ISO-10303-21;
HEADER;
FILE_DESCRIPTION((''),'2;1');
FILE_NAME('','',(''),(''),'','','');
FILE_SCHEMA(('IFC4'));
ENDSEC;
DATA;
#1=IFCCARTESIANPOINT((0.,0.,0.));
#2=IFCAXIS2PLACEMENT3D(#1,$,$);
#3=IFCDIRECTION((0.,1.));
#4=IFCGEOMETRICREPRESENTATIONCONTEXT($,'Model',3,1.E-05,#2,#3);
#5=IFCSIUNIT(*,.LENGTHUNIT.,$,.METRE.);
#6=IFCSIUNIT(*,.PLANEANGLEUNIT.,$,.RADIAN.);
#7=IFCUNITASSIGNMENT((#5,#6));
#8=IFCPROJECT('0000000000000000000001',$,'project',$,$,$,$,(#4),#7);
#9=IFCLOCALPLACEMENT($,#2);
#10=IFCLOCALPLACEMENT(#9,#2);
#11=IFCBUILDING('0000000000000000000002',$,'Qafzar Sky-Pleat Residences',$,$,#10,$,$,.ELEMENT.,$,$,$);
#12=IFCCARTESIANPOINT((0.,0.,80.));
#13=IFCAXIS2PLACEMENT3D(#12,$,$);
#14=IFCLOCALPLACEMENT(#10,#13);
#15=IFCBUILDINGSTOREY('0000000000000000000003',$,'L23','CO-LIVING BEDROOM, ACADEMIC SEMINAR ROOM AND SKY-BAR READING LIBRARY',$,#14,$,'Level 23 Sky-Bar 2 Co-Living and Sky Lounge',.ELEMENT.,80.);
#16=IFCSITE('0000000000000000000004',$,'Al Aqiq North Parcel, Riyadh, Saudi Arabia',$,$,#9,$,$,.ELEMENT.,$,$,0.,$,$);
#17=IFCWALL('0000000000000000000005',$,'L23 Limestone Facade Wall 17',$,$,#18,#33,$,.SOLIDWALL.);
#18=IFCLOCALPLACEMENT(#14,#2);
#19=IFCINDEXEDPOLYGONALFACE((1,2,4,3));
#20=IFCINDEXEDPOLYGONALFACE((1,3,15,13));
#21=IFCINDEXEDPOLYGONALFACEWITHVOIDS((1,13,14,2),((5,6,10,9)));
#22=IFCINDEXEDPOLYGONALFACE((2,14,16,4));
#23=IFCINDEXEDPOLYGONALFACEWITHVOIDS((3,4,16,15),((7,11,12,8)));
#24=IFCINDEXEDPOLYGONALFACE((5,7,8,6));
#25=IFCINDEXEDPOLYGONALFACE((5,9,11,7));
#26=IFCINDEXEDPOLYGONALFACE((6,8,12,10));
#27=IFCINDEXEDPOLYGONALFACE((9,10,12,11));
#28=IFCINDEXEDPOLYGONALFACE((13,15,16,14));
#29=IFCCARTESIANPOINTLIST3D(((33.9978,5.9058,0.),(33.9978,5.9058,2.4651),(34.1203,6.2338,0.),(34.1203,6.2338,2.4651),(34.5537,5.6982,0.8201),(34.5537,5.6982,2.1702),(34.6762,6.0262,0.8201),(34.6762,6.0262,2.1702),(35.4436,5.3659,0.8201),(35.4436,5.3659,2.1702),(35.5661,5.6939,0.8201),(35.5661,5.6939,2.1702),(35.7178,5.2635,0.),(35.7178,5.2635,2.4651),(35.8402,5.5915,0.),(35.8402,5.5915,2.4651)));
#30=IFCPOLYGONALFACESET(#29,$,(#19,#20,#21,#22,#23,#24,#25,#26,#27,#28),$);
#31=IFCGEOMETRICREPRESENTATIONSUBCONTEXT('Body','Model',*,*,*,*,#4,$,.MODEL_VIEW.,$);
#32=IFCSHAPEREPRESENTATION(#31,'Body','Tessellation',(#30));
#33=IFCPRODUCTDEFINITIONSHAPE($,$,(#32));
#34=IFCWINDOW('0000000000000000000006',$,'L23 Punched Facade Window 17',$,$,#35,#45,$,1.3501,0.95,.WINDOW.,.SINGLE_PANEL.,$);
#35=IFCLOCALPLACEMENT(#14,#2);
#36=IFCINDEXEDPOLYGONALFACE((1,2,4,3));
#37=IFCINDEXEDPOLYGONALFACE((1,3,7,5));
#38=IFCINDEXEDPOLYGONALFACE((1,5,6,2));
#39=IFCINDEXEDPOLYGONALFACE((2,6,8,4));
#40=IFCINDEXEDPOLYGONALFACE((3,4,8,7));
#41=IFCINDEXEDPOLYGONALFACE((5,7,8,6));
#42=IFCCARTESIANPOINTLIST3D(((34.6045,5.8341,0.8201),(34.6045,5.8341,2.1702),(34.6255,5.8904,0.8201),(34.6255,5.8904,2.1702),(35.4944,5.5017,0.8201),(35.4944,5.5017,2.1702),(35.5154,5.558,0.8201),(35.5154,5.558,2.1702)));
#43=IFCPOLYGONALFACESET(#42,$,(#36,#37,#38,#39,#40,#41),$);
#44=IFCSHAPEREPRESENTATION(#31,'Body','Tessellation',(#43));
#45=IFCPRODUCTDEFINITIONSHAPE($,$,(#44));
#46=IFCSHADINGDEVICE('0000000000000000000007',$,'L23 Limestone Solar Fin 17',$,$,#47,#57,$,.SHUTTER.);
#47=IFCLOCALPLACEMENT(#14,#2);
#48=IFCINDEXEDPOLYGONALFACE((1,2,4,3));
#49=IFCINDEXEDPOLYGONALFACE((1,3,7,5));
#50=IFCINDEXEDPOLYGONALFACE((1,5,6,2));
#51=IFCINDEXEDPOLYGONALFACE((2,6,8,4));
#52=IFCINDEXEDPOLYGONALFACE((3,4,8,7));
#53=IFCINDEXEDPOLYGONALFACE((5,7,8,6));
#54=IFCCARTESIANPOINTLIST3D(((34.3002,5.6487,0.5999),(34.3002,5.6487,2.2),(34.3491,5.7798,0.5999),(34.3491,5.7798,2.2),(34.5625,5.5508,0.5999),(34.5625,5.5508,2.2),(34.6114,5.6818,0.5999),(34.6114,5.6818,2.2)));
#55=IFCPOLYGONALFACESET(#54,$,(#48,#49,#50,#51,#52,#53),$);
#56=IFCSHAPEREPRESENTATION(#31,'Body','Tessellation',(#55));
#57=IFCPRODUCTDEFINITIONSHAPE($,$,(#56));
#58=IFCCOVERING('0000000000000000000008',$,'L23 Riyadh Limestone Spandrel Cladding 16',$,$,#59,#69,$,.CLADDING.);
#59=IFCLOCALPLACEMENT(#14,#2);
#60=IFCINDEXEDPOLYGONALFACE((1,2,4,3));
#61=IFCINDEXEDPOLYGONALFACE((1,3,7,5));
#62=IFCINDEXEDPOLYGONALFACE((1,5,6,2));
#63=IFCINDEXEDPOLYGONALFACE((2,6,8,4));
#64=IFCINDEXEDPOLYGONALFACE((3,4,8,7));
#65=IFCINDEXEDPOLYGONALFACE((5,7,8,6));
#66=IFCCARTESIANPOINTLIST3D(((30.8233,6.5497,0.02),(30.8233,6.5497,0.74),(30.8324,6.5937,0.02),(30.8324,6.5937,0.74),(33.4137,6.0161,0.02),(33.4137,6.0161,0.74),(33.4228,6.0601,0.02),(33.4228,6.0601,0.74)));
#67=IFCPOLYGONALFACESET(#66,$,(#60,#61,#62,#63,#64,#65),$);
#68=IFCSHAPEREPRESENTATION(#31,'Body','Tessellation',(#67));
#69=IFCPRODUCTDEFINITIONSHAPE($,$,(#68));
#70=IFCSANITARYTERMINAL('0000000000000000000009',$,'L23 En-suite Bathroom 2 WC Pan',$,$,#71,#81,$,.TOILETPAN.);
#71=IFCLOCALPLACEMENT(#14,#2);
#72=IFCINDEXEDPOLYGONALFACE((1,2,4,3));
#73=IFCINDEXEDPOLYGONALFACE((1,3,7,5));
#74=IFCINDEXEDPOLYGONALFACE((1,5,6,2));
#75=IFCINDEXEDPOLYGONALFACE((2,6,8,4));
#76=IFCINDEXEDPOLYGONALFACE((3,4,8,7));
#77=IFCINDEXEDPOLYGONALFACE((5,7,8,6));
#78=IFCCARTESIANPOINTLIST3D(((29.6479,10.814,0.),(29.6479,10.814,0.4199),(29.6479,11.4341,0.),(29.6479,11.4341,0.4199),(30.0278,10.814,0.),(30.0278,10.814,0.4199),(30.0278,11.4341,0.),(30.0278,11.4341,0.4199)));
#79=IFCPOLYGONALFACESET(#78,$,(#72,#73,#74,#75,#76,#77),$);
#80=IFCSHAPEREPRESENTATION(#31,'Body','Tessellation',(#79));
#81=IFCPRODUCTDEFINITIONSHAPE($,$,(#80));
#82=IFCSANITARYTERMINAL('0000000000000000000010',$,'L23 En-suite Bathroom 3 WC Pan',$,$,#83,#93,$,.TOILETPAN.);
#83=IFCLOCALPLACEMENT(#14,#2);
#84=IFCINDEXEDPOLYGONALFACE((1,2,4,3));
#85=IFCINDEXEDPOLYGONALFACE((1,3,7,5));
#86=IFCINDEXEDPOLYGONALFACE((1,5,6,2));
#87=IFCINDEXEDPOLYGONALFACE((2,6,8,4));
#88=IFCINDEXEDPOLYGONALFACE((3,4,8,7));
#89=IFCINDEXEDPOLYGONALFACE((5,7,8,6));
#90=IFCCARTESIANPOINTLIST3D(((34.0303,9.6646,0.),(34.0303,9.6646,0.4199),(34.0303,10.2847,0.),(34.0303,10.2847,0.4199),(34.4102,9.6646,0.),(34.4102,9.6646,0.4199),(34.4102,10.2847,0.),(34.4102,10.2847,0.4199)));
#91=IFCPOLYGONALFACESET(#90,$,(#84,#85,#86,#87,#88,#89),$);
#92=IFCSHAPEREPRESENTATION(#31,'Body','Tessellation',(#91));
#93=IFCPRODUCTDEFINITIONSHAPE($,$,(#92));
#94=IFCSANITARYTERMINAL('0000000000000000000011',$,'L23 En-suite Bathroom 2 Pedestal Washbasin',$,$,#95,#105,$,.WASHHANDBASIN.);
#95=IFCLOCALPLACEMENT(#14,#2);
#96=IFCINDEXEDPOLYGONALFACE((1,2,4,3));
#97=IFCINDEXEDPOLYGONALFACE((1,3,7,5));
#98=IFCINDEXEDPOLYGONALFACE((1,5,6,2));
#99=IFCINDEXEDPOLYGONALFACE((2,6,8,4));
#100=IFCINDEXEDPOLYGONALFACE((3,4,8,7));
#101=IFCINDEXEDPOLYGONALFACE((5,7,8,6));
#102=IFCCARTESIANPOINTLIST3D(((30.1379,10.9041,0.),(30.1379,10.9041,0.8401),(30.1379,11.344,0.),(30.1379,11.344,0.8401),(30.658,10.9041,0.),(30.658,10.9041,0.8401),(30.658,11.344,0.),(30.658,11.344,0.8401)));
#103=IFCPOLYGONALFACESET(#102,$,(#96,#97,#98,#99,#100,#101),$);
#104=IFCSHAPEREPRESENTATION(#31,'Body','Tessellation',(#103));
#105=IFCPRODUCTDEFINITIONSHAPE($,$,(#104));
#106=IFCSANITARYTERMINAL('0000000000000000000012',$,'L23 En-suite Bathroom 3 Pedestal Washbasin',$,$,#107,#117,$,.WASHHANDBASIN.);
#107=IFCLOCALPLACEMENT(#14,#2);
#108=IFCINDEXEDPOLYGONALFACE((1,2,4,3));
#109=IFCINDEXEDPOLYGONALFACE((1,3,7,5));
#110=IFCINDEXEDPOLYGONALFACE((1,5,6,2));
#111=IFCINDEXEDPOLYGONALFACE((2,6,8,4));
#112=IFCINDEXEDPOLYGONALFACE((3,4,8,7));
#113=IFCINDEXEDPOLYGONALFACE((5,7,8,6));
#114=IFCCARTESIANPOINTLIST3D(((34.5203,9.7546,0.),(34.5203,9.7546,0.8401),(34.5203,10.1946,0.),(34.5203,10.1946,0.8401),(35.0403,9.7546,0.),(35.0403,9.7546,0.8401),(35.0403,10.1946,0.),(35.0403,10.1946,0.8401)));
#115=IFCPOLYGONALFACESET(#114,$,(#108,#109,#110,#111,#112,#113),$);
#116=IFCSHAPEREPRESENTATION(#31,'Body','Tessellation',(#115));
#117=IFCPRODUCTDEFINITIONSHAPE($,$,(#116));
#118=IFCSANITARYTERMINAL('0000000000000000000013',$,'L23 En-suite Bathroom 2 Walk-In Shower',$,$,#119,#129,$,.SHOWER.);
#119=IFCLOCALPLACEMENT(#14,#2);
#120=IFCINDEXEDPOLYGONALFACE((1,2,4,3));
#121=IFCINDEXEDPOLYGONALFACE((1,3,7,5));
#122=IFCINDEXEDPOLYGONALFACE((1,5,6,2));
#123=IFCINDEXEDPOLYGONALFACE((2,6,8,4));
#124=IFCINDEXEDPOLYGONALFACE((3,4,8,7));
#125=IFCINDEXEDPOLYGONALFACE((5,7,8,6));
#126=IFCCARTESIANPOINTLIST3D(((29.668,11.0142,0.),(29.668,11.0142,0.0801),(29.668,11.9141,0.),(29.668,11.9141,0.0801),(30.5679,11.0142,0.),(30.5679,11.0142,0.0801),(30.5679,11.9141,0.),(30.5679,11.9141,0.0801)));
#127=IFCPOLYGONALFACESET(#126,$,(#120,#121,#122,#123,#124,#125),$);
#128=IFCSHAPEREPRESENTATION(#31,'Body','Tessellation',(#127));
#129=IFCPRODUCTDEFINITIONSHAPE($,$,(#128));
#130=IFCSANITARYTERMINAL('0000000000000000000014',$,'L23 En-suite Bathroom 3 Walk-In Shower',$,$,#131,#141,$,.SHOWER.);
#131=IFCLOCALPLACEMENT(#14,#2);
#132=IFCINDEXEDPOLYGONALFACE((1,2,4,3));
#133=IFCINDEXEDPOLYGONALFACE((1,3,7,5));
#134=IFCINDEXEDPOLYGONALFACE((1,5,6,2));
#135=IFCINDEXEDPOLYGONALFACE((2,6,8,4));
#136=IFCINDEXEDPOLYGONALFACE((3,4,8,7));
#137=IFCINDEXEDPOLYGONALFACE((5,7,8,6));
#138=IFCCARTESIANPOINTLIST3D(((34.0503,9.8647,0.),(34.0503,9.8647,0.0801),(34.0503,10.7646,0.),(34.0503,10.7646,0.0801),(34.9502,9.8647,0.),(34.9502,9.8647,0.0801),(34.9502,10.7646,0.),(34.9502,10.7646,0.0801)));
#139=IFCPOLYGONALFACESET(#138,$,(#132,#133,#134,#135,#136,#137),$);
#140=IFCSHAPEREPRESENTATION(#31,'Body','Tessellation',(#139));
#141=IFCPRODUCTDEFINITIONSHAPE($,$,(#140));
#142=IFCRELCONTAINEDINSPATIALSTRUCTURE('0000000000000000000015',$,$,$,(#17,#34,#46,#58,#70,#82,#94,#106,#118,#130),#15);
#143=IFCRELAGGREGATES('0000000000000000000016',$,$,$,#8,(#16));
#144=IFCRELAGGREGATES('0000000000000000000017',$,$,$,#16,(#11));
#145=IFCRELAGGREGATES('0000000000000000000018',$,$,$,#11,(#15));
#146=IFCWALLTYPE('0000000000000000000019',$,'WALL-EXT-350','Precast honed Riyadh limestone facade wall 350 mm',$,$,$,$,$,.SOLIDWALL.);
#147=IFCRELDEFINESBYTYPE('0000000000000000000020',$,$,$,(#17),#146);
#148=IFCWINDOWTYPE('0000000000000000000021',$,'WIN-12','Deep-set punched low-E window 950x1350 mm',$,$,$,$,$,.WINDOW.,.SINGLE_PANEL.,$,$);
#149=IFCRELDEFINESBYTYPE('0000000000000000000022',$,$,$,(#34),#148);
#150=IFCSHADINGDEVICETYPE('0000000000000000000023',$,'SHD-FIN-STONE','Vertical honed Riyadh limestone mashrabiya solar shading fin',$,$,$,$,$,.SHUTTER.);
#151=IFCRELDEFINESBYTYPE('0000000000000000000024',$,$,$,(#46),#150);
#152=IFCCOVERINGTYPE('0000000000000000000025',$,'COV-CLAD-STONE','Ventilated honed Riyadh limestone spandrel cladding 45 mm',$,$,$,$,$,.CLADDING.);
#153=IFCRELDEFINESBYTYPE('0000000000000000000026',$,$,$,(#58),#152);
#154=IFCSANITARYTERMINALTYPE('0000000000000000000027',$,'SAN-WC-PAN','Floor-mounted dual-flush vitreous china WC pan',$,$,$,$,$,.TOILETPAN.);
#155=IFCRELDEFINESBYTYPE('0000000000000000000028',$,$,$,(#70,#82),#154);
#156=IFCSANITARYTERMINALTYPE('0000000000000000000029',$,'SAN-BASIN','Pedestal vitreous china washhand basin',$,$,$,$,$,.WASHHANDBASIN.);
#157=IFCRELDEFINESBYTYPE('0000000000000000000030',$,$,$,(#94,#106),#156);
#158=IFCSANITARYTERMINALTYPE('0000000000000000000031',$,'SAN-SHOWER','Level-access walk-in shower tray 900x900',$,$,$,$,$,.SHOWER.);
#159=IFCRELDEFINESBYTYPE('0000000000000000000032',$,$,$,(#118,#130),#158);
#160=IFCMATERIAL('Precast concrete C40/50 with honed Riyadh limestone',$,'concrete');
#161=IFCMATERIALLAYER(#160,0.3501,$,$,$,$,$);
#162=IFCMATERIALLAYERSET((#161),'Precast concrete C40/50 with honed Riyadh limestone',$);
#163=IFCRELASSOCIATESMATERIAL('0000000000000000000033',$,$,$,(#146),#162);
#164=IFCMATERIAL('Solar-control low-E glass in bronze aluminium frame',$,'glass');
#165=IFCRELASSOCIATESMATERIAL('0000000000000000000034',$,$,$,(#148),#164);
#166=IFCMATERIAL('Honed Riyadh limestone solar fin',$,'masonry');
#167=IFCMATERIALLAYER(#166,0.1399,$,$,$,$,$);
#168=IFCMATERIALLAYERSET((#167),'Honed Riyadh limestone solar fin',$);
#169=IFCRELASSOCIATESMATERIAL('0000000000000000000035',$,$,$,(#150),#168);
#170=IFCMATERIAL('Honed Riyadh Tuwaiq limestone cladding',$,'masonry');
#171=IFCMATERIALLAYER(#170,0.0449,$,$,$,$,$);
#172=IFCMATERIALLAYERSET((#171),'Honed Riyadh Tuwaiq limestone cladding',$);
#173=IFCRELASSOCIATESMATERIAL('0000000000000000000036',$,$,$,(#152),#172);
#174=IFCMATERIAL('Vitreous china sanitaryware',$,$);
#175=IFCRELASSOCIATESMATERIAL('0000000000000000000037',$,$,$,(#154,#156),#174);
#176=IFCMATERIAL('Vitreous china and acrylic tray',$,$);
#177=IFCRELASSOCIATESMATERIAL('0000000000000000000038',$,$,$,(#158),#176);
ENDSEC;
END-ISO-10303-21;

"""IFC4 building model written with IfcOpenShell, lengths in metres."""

from ifc_helpers import new_model, si_unit, direction, frame, frame_2d, origin, origin_2d, place, context, subcontext, project, spatial, rectangle, extrude, source, transform, mapped, material, layer, layer_set, type_object, element, fill, save


model = new_model("IFC4")

# Units and contexts
model_context = context("Model", 3, precision=1e-05, world=origin(), true_north=direction((0.0, 1.0)))
body_context = subcontext(model_context, "Body", "Model", "MODEL_VIEW")
ifc_project = project(units=[si_unit("LENGTHUNIT", "METRE"), si_unit("PLANEANGLEUNIT", "RADIAN")], contexts=[model_context])

# Site, building, storey
site_placement = place(None, origin())
site = spatial("IfcSite", under=ifc_project, at=site_placement, Name="Al Aqiq North Parcel, Riyadh, Saudi Arabia", CompositionType="ELEMENT", RefElevation=0.0)
building_placement = place(site_placement, origin())
building = spatial("IfcBuilding", under=site, at=building_placement, Name="Qafzar Sky-Pleat Residences", CompositionType="ELEMENT")
storey_placement = place(building_placement, frame((0.0, 0.0, 80.0)))
storey = spatial("IfcBuildingStorey", under=building, at=storey_placement, Name="L23", Description="CO-LIVING BEDROOM, ACADEMIC SEMINAR ROOM AND SKY-BAR READING LIBRARY", LongName="Level 23 Sky-Bar 2 Co-Living and Sky Lounge", CompositionType="ELEMENT", Elevation=80.0)

# Wall, opening, window
ifc_material_1 = material(Name="Precast concrete C40/50 with honed Riyadh limestone", Category="concrete")
ifc_layer_1 = layer(ifc_material_1, 0.3501)
ifc_layer_set_1 = layer_set([ifc_layer_1], Name="Precast concrete C40/50 with honed Riyadh limestone")
wall_type_1 = type_object("IfcWallType", Name="WALL-EXT-350", Description="Precast honed Riyadh limestone facade wall 350 mm", PredefinedType="SOLIDWALL", material=ifc_layer_set_1)
ifc_material_2 = material(Name="Solar-control low-E glass in bronze aluminium frame", Category="glass")
wall_1_placement = place(storey_placement, frame((34.0591, 6.0698, 0.0), z_axis=(0.0, 0.0, 1.0), x_axis=(0.936804, -0.349855, 0.0)))
wall_1 = element("IfcWall", 1, at=wall_1_placement, inside=storey, type_object=wall_type_1, Name="L23 Limestone Facade Wall 17", PredefinedType="SOLIDWALL", context=body_context, shape_type="SweptSolid", body=[
    extrude(rectangle(XDim=1.8359, YDim=0.3501, at=frame_2d((0.918, 0.0))), origin(), (0.0, 0.0, 1.0), 2.4651),
])
opening_1_placement = place(wall_1_placement, frame((0.5933, 0.0, 0.8201)))
opening_1 = element("IfcOpeningElement", 2, at=opening_1_placement, cuts=wall_1, PredefinedType="OPENING", context=body_context, shape_type="SweptSolid", body=[
    extrude(rectangle(XDim=0.95, YDim=1.3501, at=frame_2d((0.4751, 0.675))), frame((0.0, 0.1851, 0.0), z_axis=(0.0, -1.0, 0.0), x_axis=(1.0, 0.0, 0.0)), (0.0, 0.0, 1.0), 0.3701),
])
window_type_1 = type_object("IfcWindowType", Name="WIN-12", Description="Deep-set punched low-E window 950x1350 mm", PartitioningType="SINGLE_PANEL", PredefinedType="WINDOW", material=ifc_material_2)
shared_shape_1 = source(origin(), body_context, "Body", "SweptSolid", [
    extrude(rectangle(XDim=0.95, YDim=1.3501, at=frame_2d((0.4751, 0.675))), frame((0.0, 0.03, 0.0), z_axis=(0.0, -1.0, 0.0), x_axis=(1.0, 0.0, 0.0)), (0.0, 0.0, 1.0), 0.0601),
])
window_1_placement = place(opening_1_placement, origin())
window_1 = element("IfcWindow", 3, at=window_1_placement, inside=storey, type_object=window_type_1, Name="L23 Punched Facade Window 17", OverallHeight=1.3501, OverallWidth=0.95, PartitioningType="SINGLE_PANEL", PredefinedType="WINDOW", context=body_context, shape_type="MappedRepresentation", body=[
    mapped(shared_shape_1, transform((0.0, 0.0, 0.0), x_axis=(1.0, 0.0, 0.0), y_axis=(0.0, 1.0, 0.0), z_axis=(0.0, 0.0, 1.0), scale=1.0)),
])
fill(opening_1, window_1)

# Shading device
ifc_material_3 = material(Name="Honed Riyadh limestone solar fin", Category="masonry")
ifc_layer_2 = layer(ifc_material_3, 0.1399)
ifc_layer_set_2 = layer_set([ifc_layer_2], Name="Honed Riyadh limestone solar fin")
shading_device_type = type_object("IfcShadingDeviceType", Name="SHD-FIN-STONE", Description="Vertical honed Riyadh limestone mashrabiya solar shading fin", PredefinedType="SHUTTER", material=ifc_layer_set_2)
shared_shape_2 = source(origin(), body_context, "Body", "SweptSolid", [
    extrude(rectangle(XDim=0.1399, YDim=0.28, at=origin_2d()), origin(), (0.0, 0.0, 1.0), 1.6001),
])
shading_device_placement = place(storey_placement, frame((34.4558, 5.6653, 0.5999), z_axis=(0.0, 0.0, 1.0), x_axis=(-0.349823, -0.936816, 0.0)))
element("IfcShadingDevice", 4, at=shading_device_placement, inside=storey, type_object=shading_device_type, Name="L23 Limestone Solar Fin 17", PredefinedType="SHUTTER", context=body_context, shape_type="MappedRepresentation", body=[
    mapped(shared_shape_2, transform((0.0, 0.0, 0.0), x_axis=(1.0, 0.0, 0.0), y_axis=(0.0, 1.0, 0.0), z_axis=(0.0, 0.0, 1.0), scale=1.0)),
])

# Covering
ifc_material_4 = material(Name="Honed Riyadh Tuwaiq limestone cladding", Category="masonry")
ifc_layer_3 = layer(ifc_material_4, 0.0449)
ifc_layer_set_3 = layer_set([ifc_layer_3], Name="Honed Riyadh Tuwaiq limestone cladding")
covering_type = type_object("IfcCoveringType", Name="COV-CLAD-STONE", Description="Ventilated honed Riyadh limestone spandrel cladding 45 mm", PredefinedType="CLADDING", material=ifc_layer_set_3)
shared_shape_3 = source(origin(), body_context, "Body", "SweptSolid", [
    extrude(rectangle(XDim=2.6448, YDim=0.0449, at=origin_2d()), origin(), (0.0, 0.0, 1.0), 0.72),
])
covering_placement = place(storey_placement, frame((32.123, 6.3049, 0.02), z_axis=(0.0, 0.0, 1.0), x_axis=(0.979434, -0.201767, 0.0)))
element("IfcCovering", 5, at=covering_placement, inside=storey, type_object=covering_type, Name="L23 Riyadh Limestone Spandrel Cladding 16", PredefinedType="CLADDING", context=body_context, shape_type="MappedRepresentation", body=[
    mapped(shared_shape_3, transform((0.0, 0.0, 0.0), x_axis=(1.0, 0.0, 0.0), y_axis=(0.0, 1.0, 0.0), z_axis=(0.0, 0.0, 1.0), scale=1.0)),
])

# Sanitary terminals
ifc_material_5 = material(Name="Vitreous china sanitaryware")
sanitary_terminal_type_1 = type_object("IfcSanitaryTerminalType", Name="SAN-WC-PAN", Description="Floor-mounted dual-flush vitreous china WC pan", PredefinedType="TOILETPAN", material=ifc_material_5)
shared_shape_4 = source(origin(), body_context, "Body", "SweptSolid", [
    extrude(rectangle(XDim=0.3799, YDim=0.6201, at=origin_2d()), origin(), (0.0, 0.0, 1.0), 0.4199),
])
for number, where, z_axis, x_axis, name in (
    (6, (29.8379, 11.124, 0.0), (0.0, 0.0, 1.0), (1.0, 0.0, 0.0), "L23 En-suite Bathroom 2 WC Pan"),
    (7, (34.2202, 9.9746, 0.0), (0.0, 0.0, 1.0), (1.0, 0.0, 0.0), "L23 En-suite Bathroom 3 WC Pan"),
):
    element("IfcSanitaryTerminal", number, at=place(storey_placement, frame(where, z_axis=z_axis, x_axis=x_axis)), inside=storey, type_object=sanitary_terminal_type_1, Name=name, PredefinedType="TOILETPAN", context=body_context, shape_type="MappedRepresentation", body=[
        mapped(shared_shape_4, transform((0.0, 0.0, 0.0), x_axis=(1.0, 0.0, 0.0), y_axis=(0.0, 1.0, 0.0), z_axis=(0.0, 0.0, 1.0), scale=1.0)),
    ])
sanitary_terminal_type_2 = type_object("IfcSanitaryTerminalType", Name="SAN-BASIN", Description="Pedestal vitreous china washhand basin", PredefinedType="WASHHANDBASIN", material=ifc_material_5)
shared_shape_5 = source(origin(), body_context, "Body", "SweptSolid", [
    extrude(rectangle(XDim=0.52, YDim=0.4399, at=origin_2d()), origin(), (0.0, 0.0, 1.0), 0.8401),
])
for number, where, z_axis, x_axis, name in (
    (8, (30.3979, 11.124, 0.0), (0.0, 0.0, 1.0), (1.0, 0.0, 0.0), "L23 En-suite Bathroom 2 Pedestal Washbasin"),
    (9, (34.7803, 9.9746, 0.0), (0.0, 0.0, 1.0), (1.0, 0.0, 0.0), "L23 En-suite Bathroom 3 Pedestal Washbasin"),
):
    element("IfcSanitaryTerminal", number, at=place(storey_placement, frame(where, z_axis=z_axis, x_axis=x_axis)), inside=storey, type_object=sanitary_terminal_type_2, Name=name, PredefinedType="WASHHANDBASIN", context=body_context, shape_type="MappedRepresentation", body=[
        mapped(shared_shape_5, transform((0.0, 0.0, 0.0), x_axis=(1.0, 0.0, 0.0), y_axis=(0.0, 1.0, 0.0), z_axis=(0.0, 0.0, 1.0), scale=1.0)),
    ])
ifc_material_6 = material(Name="Vitreous china and acrylic tray")
sanitary_terminal_type_3 = type_object("IfcSanitaryTerminalType", Name="SAN-SHOWER", Description="Level-access walk-in shower tray 900x900", PredefinedType="SHOWER", material=ifc_material_6)
shared_shape_6 = source(origin(), body_context, "Body", "SweptSolid", [
    extrude(rectangle(XDim=0.8999, YDim=0.8999, at=origin_2d()), origin(), (0.0, 0.0, 1.0), 0.0801),
])
for number, where, z_axis, x_axis, name in (
    (10, (30.1179, 11.4641, 0.0), (0.0, 0.0, 1.0), (1.0, 0.0, 0.0), "L23 En-suite Bathroom 2 Walk-In Shower"),
    (11, (34.5002, 10.3147, 0.0), (0.0, 0.0, 1.0), (1.0, 0.0, 0.0), "L23 En-suite Bathroom 3 Walk-In Shower"),
):
    element("IfcSanitaryTerminal", number, at=place(storey_placement, frame(where, z_axis=z_axis, x_axis=x_axis)), inside=storey, type_object=sanitary_terminal_type_3, Name=name, PredefinedType="SHOWER", context=body_context, shape_type="MappedRepresentation", body=[
        mapped(shared_shape_6, transform((0.0, 0.0, 0.0), x_axis=(1.0, 0.0, 0.0), y_axis=(0.0, 1.0, 0.0), z_axis=(0.0, 0.0, 1.0), scale=1.0)),
    ])

save(model, "model.ifc")
